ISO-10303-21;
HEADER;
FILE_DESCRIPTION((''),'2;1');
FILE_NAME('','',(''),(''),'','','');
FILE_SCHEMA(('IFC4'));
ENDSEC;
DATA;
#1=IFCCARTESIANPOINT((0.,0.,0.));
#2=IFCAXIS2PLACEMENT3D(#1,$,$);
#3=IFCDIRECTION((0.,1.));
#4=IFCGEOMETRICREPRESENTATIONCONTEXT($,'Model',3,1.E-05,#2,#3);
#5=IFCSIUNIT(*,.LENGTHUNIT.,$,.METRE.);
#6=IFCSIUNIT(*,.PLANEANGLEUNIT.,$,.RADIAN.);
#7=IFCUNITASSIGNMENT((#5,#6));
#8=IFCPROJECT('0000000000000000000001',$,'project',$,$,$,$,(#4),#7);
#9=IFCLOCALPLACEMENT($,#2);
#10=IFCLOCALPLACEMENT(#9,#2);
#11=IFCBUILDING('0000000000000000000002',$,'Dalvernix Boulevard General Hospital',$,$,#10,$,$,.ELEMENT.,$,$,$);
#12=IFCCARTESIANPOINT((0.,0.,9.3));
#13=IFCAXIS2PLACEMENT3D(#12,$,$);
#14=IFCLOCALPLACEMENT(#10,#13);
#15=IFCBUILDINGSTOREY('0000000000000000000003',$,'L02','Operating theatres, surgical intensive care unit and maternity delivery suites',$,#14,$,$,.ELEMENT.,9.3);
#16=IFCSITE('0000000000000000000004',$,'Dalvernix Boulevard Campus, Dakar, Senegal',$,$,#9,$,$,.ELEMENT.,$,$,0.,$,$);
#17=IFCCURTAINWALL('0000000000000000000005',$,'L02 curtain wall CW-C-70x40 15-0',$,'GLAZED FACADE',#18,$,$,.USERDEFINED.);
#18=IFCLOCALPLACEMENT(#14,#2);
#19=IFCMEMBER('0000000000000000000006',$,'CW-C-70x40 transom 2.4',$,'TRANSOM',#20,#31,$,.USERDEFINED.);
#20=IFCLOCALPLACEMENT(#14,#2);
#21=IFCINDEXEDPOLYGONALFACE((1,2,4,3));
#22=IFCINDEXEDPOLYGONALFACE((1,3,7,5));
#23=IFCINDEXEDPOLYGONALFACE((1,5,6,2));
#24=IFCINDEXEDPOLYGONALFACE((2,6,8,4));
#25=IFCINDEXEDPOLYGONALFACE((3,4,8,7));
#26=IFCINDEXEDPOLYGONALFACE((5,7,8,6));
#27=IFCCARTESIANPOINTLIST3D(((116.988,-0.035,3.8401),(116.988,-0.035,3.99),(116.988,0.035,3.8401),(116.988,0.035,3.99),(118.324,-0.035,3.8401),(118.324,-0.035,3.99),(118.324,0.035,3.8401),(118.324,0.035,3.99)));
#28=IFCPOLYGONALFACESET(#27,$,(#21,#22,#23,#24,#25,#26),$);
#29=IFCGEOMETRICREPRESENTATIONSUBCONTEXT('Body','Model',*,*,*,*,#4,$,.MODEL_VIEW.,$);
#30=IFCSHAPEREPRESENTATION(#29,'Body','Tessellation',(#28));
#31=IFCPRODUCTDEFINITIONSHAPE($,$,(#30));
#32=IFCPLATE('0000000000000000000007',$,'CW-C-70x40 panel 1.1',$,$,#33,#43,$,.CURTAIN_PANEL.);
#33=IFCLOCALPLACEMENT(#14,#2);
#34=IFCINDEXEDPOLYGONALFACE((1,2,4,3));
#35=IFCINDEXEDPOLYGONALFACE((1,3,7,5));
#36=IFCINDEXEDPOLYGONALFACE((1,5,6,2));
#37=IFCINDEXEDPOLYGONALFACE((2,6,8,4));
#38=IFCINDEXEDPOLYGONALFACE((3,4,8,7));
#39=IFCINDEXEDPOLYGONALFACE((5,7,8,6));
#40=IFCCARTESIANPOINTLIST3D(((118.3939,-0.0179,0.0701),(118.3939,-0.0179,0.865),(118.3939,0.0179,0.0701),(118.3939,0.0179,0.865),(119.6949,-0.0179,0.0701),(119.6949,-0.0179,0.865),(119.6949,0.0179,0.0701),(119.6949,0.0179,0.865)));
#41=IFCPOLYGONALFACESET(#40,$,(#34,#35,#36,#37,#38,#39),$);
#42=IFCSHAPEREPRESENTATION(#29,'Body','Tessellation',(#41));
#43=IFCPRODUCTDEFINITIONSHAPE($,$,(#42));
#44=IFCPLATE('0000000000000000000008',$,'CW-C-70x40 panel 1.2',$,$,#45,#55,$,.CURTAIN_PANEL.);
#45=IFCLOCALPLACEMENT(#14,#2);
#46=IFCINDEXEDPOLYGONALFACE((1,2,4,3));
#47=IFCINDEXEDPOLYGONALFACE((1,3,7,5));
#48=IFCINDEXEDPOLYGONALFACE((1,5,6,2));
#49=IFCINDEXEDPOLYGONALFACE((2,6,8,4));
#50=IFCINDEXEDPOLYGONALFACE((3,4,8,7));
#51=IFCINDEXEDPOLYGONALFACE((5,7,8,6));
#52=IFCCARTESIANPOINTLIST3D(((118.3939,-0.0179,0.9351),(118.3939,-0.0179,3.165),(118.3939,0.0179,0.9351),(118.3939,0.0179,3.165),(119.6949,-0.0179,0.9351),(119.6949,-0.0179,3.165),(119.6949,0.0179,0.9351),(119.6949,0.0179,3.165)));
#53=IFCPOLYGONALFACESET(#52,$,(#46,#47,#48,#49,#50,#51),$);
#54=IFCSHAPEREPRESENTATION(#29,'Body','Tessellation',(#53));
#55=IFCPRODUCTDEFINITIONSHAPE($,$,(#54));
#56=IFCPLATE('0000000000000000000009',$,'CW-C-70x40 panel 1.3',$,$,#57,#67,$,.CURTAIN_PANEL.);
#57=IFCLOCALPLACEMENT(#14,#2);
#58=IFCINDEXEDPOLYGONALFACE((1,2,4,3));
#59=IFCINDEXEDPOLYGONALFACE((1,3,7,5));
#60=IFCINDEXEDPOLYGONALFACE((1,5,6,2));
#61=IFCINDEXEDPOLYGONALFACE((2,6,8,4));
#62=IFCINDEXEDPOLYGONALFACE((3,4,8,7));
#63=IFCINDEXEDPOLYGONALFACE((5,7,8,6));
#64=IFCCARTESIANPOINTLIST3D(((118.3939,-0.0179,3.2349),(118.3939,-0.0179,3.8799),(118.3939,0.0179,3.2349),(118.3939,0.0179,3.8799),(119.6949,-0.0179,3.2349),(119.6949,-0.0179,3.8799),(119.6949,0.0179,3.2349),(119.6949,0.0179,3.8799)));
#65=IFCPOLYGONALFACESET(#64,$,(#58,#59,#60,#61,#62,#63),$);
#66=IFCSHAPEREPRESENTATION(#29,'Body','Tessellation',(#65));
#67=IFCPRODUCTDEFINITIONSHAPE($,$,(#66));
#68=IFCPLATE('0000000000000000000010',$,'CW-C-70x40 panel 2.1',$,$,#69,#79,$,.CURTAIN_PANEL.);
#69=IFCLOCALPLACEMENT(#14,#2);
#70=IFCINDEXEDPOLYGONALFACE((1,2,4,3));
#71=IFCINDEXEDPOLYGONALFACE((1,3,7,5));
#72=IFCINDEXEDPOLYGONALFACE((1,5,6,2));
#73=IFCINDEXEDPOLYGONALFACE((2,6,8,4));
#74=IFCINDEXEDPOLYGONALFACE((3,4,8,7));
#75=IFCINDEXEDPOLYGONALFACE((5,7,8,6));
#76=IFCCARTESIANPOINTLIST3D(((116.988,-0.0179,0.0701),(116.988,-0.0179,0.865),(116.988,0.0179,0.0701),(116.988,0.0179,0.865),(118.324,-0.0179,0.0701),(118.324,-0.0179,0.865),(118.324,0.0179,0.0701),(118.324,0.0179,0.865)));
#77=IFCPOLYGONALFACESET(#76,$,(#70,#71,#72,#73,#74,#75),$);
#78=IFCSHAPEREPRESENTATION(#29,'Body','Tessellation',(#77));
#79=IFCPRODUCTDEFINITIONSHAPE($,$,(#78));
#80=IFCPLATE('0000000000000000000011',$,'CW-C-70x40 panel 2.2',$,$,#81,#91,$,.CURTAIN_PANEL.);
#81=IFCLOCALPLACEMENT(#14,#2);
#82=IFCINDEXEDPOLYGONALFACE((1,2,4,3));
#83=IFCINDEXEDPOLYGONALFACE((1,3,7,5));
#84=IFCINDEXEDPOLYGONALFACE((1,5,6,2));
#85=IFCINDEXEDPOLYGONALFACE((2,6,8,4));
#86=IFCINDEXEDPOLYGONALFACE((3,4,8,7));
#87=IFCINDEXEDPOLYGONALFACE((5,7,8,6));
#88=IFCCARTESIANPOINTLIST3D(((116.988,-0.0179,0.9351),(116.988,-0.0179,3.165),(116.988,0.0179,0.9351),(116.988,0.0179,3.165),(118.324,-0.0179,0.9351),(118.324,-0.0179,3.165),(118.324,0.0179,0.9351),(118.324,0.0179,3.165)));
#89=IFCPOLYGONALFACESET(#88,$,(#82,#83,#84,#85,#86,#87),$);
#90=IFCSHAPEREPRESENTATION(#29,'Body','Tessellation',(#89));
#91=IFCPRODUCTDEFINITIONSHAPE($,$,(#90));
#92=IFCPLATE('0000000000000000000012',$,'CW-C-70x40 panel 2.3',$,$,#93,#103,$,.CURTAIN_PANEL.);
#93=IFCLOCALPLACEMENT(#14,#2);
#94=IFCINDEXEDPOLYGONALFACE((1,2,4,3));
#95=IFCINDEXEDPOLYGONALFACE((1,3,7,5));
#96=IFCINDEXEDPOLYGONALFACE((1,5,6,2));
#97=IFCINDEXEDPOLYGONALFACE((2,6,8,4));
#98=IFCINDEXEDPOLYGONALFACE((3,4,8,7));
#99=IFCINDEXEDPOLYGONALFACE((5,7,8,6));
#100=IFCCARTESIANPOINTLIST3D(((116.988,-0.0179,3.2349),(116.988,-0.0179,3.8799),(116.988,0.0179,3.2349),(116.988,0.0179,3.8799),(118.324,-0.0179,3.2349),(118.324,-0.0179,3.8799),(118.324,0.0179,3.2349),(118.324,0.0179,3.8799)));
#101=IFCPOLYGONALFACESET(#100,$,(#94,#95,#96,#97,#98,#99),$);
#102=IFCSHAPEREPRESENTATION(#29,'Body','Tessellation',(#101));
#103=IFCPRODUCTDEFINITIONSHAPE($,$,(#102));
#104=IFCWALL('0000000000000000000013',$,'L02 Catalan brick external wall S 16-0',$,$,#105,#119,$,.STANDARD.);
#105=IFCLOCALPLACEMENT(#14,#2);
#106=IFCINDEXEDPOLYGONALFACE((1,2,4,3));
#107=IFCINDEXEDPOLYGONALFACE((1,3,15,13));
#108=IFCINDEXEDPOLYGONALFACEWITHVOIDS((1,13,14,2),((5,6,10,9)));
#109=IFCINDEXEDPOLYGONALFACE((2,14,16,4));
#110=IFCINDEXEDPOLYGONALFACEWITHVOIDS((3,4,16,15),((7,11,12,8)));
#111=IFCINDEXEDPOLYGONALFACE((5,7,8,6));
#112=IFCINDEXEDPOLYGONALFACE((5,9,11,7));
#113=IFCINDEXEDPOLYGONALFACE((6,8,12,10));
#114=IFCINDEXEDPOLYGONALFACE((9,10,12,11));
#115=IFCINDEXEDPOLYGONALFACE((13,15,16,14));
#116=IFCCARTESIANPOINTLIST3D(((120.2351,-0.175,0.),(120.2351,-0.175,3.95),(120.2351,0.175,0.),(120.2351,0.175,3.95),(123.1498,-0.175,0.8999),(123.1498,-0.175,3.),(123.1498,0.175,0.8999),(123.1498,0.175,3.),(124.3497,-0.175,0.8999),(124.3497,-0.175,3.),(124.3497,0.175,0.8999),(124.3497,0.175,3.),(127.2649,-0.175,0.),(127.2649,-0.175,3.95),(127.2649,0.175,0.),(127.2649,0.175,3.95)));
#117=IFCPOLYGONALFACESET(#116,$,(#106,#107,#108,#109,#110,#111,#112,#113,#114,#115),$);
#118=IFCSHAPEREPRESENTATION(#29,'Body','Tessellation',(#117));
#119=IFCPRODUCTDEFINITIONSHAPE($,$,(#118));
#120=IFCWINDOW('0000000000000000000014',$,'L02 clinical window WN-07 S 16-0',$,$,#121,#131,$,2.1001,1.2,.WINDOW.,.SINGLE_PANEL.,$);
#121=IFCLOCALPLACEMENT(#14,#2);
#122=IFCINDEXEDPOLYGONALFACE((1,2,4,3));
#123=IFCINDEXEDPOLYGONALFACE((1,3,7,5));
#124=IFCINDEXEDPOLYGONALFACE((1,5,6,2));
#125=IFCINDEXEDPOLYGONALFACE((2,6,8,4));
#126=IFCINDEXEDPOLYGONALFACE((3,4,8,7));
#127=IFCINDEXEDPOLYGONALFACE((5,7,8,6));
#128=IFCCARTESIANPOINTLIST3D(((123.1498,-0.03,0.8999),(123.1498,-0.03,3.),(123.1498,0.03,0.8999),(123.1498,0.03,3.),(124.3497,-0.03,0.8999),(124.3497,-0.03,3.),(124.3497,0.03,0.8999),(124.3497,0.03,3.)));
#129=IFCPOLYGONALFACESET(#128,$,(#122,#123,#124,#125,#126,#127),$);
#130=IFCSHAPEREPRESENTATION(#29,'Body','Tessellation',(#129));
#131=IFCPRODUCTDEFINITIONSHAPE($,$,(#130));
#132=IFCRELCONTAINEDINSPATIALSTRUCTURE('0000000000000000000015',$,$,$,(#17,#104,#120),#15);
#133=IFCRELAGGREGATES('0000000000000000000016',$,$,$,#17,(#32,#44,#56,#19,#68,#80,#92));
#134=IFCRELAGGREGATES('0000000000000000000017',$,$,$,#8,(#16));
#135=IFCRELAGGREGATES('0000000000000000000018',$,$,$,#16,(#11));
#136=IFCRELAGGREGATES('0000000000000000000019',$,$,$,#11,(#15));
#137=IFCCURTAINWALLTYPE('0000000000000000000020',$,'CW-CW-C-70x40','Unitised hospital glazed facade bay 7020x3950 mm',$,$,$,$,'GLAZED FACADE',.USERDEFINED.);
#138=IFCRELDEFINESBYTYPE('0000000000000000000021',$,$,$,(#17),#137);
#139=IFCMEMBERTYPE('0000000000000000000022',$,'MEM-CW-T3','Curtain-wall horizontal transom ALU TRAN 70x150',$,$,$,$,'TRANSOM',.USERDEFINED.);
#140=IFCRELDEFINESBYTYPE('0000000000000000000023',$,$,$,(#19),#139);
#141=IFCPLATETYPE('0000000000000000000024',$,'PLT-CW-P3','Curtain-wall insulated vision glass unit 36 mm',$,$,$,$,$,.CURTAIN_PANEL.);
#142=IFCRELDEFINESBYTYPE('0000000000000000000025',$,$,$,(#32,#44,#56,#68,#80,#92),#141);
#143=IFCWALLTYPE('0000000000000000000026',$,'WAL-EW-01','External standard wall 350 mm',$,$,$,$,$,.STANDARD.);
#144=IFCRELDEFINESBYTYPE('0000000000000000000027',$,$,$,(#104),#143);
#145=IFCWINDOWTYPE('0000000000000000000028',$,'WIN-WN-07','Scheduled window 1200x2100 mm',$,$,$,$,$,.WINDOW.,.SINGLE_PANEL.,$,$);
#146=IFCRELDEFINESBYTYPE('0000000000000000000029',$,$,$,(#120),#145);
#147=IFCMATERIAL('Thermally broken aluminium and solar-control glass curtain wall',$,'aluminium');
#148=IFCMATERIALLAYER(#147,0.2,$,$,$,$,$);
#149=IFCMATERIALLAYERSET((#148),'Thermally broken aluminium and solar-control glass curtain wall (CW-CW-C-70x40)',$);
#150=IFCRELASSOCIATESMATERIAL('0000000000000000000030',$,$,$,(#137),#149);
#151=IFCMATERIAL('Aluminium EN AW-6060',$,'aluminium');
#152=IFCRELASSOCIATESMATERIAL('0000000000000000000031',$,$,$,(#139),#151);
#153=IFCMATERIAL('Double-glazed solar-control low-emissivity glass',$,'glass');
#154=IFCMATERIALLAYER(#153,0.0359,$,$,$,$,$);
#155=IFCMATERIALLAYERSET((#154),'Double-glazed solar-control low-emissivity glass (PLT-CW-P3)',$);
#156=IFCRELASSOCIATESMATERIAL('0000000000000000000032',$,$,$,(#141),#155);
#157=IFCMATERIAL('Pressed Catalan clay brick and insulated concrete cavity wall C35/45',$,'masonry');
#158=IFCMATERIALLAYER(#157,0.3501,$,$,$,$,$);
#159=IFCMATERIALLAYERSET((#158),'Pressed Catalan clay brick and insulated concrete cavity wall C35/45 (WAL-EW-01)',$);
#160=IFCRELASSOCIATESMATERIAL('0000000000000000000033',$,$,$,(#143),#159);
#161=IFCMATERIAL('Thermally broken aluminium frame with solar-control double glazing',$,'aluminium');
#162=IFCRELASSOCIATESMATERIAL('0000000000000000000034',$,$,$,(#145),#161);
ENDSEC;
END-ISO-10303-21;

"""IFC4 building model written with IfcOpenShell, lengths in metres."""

from ifc_helpers import new_model, si_unit, direction, frame, frame_2d, origin, origin_2d, place, context, subcontext, project, spatial, rectangle, extrude, material, layer, layer_set, material_profile, profile_set, type_object, element, fill, aggregate, save


model = new_model("IFC4")

# Units and contexts
model_context = context("Model", 3, precision=1e-05, world=origin(), true_north=direction((0.0, 1.0)))
body_context = subcontext(model_context, "Body", "Model", "MODEL_VIEW")
ifc_project = project(units=[si_unit("LENGTHUNIT", "METRE"), si_unit("PLANEANGLEUNIT", "RADIAN")], contexts=[model_context])

# Site, building, storey
site_placement = place(None, origin())
site = spatial("IfcSite", under=ifc_project, at=site_placement, Name="Dalvernix Boulevard Campus, Dakar, Senegal", CompositionType="ELEMENT", RefElevation=0.0)
building_placement = place(site_placement, origin())
building = spatial("IfcBuilding", under=site, at=building_placement, Name="Dalvernix Boulevard General Hospital", CompositionType="ELEMENT")
storey_placement = place(building_placement, frame((0.0, 0.0, 9.3)))
storey = spatial("IfcBuildingStorey", under=building, at=storey_placement, Name="L02", Description="Operating theatres, surgical intensive care unit and maternity delivery suites", CompositionType="ELEMENT", Elevation=9.3)

# Curtain wall, member, plates
ifc_material_1 = material(Name="Thermally broken aluminium and solar-control glass curtain wall", Category="aluminium")
ifc_layer_1 = layer(ifc_material_1, 0.2)
ifc_layer_set_1 = layer_set([ifc_layer_1], Name="Thermally broken aluminium and solar-control glass curtain wall (CW-CW-C-70x40)")
curtain_wall_type = type_object("IfcCurtainWallType", Name="CW-CW-C-70x40", Description="Unitised hospital glazed facade bay 7020x3950 mm", ElementType="GLAZED FACADE", PredefinedType="USERDEFINED", material=ifc_layer_set_1)
curtain_wall_placement = place(storey_placement, origin())
curtain_wall = element("IfcCurtainWall", 1, at=curtain_wall_placement, inside=storey, type_object=curtain_wall_type, Name="L02 curtain wall CW-C-70x40 15-0", ObjectType="GLAZED FACADE", PredefinedType="USERDEFINED")
ifc_material_2 = material(Name="Aluminium EN AW-6060", Category="aluminium")
ifc_material_profile_1 = material_profile(ifc_material_2, rectangle(XDim=0.0701, YDim=0.1499, at=origin_2d()), Name="ALU TRAN 70x150")
ifc_profile_set_1 = profile_set([ifc_material_profile_1], Name="Aluminium EN AW-6060")
member_type_1 = type_object("IfcMemberType", Name="MEM-CW-T3", Description="Curtain-wall horizontal transom ALU TRAN 70x150", ElementType="TRANSOM", PredefinedType="USERDEFINED", material=ifc_profile_set_1)
member_1_placement = place(storey_placement, frame((118.324, 0.0, 3.915), z_axis=(-1.0, 0.0, 0.0), x_axis=(0.0, -1.0, 0.0)))
member_1 = element("IfcMember", 2, at=member_1_placement, type_object=member_type_1, Name="CW-C-70x40 transom 2.4", ObjectType="TRANSOM", PredefinedType="USERDEFINED", context=body_context, shape_type="SweptSolid", body=[
    extrude(rectangle(XDim=0.0701, YDim=0.1499, at=origin_2d()), origin(), (0.0, 0.0, 1.0), 1.3359),
])
ifc_material_3 = material(Name="Double-glazed solar-control low-emissivity glass", Category="glass")
ifc_layer_2 = layer(ifc_material_3, 0.0359)
ifc_layer_set_2 = layer_set([ifc_layer_2], Name="Double-glazed solar-control low-emissivity glass (PLT-CW-P3)")
plate_type = type_object("IfcPlateType", Name="PLT-CW-P3", Description="Curtain-wall insulated vision glass unit 36 mm", PredefinedType="CURTAIN_PANEL", material=ifc_layer_set_2)
plate_1_placement = place(storey_placement, frame((119.0444, 0.0, 0.0701), z_axis=(0.0, 0.0, 1.0), x_axis=(-1.0, 0.0, 0.0)))
plate_1 = element("IfcPlate", 3, at=plate_1_placement, type_object=plate_type, Name="CW-C-70x40 panel 1.1", PredefinedType="CURTAIN_PANEL", context=body_context, shape_type="SweptSolid", body=[
    extrude(rectangle(XDim=1.301, YDim=0.0359, at=origin_2d()), origin(), (0.0, 0.0, 1.0), 0.7949),
])
plate_2_placement = place(storey_placement, frame((119.0444, 0.0, 0.9351), z_axis=(0.0, 0.0, 1.0), x_axis=(-1.0, 0.0, 0.0)))
plate_2 = element("IfcPlate", 4, at=plate_2_placement, type_object=plate_type, Name="CW-C-70x40 panel 1.2", PredefinedType="CURTAIN_PANEL", context=body_context, shape_type="SweptSolid", body=[
    extrude(rectangle(XDim=1.301, YDim=0.0359, at=origin_2d()), origin(), (0.0, 0.0, 1.0), 2.23),
])
plate_3_placement = place(storey_placement, frame((119.0444, 0.0, 3.2349), z_axis=(0.0, 0.0, 1.0), x_axis=(-1.0, 0.0, 0.0)))
plate_3 = element("IfcPlate", 5, at=plate_3_placement, type_object=plate_type, Name="CW-C-70x40 panel 1.3", PredefinedType="CURTAIN_PANEL", context=body_context, shape_type="SweptSolid", body=[
    extrude(rectangle(XDim=1.301, YDim=0.0359, at=origin_2d()), origin(), (0.0, 0.0, 1.0), 0.645),
])
plate_4_placement = place(storey_placement, frame((117.656, 0.0, 0.0701), z_axis=(0.0, 0.0, 1.0), x_axis=(-1.0, 0.0, 0.0)))
plate_4 = element("IfcPlate", 6, at=plate_4_placement, type_object=plate_type, Name="CW-C-70x40 panel 2.1", PredefinedType="CURTAIN_PANEL", context=body_context, shape_type="SweptSolid", body=[
    extrude(rectangle(XDim=1.3359, YDim=0.0359, at=origin_2d()), origin(), (0.0, 0.0, 1.0), 0.7949),
])
plate_5_placement = place(storey_placement, frame((117.656, 0.0, 0.9351), z_axis=(0.0, 0.0, 1.0), x_axis=(-1.0, 0.0, 0.0)))
plate_5 = element("IfcPlate", 7, at=plate_5_placement, type_object=plate_type, Name="CW-C-70x40 panel 2.2", PredefinedType="CURTAIN_PANEL", context=body_context, shape_type="SweptSolid", body=[
    extrude(rectangle(XDim=1.3359, YDim=0.0359, at=origin_2d()), origin(), (0.0, 0.0, 1.0), 2.23),
])
plate_6_placement = place(storey_placement, frame((117.656, 0.0, 3.2349), z_axis=(0.0, 0.0, 1.0), x_axis=(-1.0, 0.0, 0.0)))
plate_6 = element("IfcPlate", 8, at=plate_6_placement, type_object=plate_type, Name="CW-C-70x40 panel 2.3", PredefinedType="CURTAIN_PANEL", context=body_context, shape_type="SweptSolid", body=[
    extrude(rectangle(XDim=1.3359, YDim=0.0359, at=origin_2d()), origin(), (0.0, 0.0, 1.0), 0.645),
])
aggregate(curtain_wall, [plate_1, plate_2, plate_3, member_1, plate_4, plate_5, plate_6])

# Wall, opening, window
ifc_material_4 = material(Name="Pressed Catalan clay brick and insulated concrete cavity wall C35/45", Category="masonry")
ifc_layer_3 = layer(ifc_material_4, 0.3501)
ifc_layer_set_3 = layer_set([ifc_layer_3], Name="Pressed Catalan clay brick and insulated concrete cavity wall C35/45 (WAL-EW-01)")
wall_type = type_object("IfcWallType", Name="WAL-EW-01", Description="External standard wall 350 mm", PredefinedType="STANDARD", material=ifc_layer_set_3)
wall_placement = place(storey_placement, frame((127.2649, 0.0, 0.0), z_axis=(0.0, 0.0, 1.0), x_axis=(-1.0, 0.0, 0.0)))
wall = element("IfcWall", 9, at=wall_placement, inside=storey, type_object=wall_type, Name="L02 Catalan brick external wall S 16-0", PredefinedType="STANDARD", context=body_context, shape_type="SweptSolid", body=[
    extrude(rectangle(XDim=7.0298, YDim=0.3501, at=frame_2d((3.5149, 0.0))), origin(), (0.0, 0.0, 1.0), 3.95),
])
opening_placement = place(wall_placement, frame((2.915, 0.0, 0.8999)))
opening = element("IfcOpeningElement", 10, at=opening_placement, cuts=wall, PredefinedType="OPENING", context=body_context, shape_type="SweptSolid", body=[
    extrude(rectangle(XDim=1.2, YDim=2.1001, at=frame_2d((0.6001, 1.05))), frame((0.0, 0.1851, 0.0), z_axis=(0.0, -1.0, 0.0), x_axis=(1.0, 0.0, 0.0)), (0.0, 0.0, 1.0), 0.3701),
])
ifc_material_5 = material(Name="Thermally broken aluminium frame with solar-control double glazing", Category="aluminium")
window_type = type_object("IfcWindowType", Name="WIN-WN-07", Description="Scheduled window 1200x2100 mm", PartitioningType="SINGLE_PANEL", PredefinedType="WINDOW", material=ifc_material_5)
window_placement = place(opening_placement, origin())
window = element("IfcWindow", 11, at=window_placement, inside=storey, type_object=window_type, Name="L02 clinical window WN-07 S 16-0", OverallHeight=2.1001, OverallWidth=1.2, PartitioningType="SINGLE_PANEL", PredefinedType="WINDOW", context=body_context, shape_type="SweptSolid", body=[
    extrude(rectangle(XDim=1.2, YDim=2.1001, at=frame_2d((0.6001, 1.05))), frame((0.0, 0.03, 0.0), z_axis=(0.0, -1.0, 0.0), x_axis=(1.0, 0.0, 0.0)), (0.0, 0.0, 1.0), 0.0601),
])
fill(opening, window)

save(model, "model.ifc")
